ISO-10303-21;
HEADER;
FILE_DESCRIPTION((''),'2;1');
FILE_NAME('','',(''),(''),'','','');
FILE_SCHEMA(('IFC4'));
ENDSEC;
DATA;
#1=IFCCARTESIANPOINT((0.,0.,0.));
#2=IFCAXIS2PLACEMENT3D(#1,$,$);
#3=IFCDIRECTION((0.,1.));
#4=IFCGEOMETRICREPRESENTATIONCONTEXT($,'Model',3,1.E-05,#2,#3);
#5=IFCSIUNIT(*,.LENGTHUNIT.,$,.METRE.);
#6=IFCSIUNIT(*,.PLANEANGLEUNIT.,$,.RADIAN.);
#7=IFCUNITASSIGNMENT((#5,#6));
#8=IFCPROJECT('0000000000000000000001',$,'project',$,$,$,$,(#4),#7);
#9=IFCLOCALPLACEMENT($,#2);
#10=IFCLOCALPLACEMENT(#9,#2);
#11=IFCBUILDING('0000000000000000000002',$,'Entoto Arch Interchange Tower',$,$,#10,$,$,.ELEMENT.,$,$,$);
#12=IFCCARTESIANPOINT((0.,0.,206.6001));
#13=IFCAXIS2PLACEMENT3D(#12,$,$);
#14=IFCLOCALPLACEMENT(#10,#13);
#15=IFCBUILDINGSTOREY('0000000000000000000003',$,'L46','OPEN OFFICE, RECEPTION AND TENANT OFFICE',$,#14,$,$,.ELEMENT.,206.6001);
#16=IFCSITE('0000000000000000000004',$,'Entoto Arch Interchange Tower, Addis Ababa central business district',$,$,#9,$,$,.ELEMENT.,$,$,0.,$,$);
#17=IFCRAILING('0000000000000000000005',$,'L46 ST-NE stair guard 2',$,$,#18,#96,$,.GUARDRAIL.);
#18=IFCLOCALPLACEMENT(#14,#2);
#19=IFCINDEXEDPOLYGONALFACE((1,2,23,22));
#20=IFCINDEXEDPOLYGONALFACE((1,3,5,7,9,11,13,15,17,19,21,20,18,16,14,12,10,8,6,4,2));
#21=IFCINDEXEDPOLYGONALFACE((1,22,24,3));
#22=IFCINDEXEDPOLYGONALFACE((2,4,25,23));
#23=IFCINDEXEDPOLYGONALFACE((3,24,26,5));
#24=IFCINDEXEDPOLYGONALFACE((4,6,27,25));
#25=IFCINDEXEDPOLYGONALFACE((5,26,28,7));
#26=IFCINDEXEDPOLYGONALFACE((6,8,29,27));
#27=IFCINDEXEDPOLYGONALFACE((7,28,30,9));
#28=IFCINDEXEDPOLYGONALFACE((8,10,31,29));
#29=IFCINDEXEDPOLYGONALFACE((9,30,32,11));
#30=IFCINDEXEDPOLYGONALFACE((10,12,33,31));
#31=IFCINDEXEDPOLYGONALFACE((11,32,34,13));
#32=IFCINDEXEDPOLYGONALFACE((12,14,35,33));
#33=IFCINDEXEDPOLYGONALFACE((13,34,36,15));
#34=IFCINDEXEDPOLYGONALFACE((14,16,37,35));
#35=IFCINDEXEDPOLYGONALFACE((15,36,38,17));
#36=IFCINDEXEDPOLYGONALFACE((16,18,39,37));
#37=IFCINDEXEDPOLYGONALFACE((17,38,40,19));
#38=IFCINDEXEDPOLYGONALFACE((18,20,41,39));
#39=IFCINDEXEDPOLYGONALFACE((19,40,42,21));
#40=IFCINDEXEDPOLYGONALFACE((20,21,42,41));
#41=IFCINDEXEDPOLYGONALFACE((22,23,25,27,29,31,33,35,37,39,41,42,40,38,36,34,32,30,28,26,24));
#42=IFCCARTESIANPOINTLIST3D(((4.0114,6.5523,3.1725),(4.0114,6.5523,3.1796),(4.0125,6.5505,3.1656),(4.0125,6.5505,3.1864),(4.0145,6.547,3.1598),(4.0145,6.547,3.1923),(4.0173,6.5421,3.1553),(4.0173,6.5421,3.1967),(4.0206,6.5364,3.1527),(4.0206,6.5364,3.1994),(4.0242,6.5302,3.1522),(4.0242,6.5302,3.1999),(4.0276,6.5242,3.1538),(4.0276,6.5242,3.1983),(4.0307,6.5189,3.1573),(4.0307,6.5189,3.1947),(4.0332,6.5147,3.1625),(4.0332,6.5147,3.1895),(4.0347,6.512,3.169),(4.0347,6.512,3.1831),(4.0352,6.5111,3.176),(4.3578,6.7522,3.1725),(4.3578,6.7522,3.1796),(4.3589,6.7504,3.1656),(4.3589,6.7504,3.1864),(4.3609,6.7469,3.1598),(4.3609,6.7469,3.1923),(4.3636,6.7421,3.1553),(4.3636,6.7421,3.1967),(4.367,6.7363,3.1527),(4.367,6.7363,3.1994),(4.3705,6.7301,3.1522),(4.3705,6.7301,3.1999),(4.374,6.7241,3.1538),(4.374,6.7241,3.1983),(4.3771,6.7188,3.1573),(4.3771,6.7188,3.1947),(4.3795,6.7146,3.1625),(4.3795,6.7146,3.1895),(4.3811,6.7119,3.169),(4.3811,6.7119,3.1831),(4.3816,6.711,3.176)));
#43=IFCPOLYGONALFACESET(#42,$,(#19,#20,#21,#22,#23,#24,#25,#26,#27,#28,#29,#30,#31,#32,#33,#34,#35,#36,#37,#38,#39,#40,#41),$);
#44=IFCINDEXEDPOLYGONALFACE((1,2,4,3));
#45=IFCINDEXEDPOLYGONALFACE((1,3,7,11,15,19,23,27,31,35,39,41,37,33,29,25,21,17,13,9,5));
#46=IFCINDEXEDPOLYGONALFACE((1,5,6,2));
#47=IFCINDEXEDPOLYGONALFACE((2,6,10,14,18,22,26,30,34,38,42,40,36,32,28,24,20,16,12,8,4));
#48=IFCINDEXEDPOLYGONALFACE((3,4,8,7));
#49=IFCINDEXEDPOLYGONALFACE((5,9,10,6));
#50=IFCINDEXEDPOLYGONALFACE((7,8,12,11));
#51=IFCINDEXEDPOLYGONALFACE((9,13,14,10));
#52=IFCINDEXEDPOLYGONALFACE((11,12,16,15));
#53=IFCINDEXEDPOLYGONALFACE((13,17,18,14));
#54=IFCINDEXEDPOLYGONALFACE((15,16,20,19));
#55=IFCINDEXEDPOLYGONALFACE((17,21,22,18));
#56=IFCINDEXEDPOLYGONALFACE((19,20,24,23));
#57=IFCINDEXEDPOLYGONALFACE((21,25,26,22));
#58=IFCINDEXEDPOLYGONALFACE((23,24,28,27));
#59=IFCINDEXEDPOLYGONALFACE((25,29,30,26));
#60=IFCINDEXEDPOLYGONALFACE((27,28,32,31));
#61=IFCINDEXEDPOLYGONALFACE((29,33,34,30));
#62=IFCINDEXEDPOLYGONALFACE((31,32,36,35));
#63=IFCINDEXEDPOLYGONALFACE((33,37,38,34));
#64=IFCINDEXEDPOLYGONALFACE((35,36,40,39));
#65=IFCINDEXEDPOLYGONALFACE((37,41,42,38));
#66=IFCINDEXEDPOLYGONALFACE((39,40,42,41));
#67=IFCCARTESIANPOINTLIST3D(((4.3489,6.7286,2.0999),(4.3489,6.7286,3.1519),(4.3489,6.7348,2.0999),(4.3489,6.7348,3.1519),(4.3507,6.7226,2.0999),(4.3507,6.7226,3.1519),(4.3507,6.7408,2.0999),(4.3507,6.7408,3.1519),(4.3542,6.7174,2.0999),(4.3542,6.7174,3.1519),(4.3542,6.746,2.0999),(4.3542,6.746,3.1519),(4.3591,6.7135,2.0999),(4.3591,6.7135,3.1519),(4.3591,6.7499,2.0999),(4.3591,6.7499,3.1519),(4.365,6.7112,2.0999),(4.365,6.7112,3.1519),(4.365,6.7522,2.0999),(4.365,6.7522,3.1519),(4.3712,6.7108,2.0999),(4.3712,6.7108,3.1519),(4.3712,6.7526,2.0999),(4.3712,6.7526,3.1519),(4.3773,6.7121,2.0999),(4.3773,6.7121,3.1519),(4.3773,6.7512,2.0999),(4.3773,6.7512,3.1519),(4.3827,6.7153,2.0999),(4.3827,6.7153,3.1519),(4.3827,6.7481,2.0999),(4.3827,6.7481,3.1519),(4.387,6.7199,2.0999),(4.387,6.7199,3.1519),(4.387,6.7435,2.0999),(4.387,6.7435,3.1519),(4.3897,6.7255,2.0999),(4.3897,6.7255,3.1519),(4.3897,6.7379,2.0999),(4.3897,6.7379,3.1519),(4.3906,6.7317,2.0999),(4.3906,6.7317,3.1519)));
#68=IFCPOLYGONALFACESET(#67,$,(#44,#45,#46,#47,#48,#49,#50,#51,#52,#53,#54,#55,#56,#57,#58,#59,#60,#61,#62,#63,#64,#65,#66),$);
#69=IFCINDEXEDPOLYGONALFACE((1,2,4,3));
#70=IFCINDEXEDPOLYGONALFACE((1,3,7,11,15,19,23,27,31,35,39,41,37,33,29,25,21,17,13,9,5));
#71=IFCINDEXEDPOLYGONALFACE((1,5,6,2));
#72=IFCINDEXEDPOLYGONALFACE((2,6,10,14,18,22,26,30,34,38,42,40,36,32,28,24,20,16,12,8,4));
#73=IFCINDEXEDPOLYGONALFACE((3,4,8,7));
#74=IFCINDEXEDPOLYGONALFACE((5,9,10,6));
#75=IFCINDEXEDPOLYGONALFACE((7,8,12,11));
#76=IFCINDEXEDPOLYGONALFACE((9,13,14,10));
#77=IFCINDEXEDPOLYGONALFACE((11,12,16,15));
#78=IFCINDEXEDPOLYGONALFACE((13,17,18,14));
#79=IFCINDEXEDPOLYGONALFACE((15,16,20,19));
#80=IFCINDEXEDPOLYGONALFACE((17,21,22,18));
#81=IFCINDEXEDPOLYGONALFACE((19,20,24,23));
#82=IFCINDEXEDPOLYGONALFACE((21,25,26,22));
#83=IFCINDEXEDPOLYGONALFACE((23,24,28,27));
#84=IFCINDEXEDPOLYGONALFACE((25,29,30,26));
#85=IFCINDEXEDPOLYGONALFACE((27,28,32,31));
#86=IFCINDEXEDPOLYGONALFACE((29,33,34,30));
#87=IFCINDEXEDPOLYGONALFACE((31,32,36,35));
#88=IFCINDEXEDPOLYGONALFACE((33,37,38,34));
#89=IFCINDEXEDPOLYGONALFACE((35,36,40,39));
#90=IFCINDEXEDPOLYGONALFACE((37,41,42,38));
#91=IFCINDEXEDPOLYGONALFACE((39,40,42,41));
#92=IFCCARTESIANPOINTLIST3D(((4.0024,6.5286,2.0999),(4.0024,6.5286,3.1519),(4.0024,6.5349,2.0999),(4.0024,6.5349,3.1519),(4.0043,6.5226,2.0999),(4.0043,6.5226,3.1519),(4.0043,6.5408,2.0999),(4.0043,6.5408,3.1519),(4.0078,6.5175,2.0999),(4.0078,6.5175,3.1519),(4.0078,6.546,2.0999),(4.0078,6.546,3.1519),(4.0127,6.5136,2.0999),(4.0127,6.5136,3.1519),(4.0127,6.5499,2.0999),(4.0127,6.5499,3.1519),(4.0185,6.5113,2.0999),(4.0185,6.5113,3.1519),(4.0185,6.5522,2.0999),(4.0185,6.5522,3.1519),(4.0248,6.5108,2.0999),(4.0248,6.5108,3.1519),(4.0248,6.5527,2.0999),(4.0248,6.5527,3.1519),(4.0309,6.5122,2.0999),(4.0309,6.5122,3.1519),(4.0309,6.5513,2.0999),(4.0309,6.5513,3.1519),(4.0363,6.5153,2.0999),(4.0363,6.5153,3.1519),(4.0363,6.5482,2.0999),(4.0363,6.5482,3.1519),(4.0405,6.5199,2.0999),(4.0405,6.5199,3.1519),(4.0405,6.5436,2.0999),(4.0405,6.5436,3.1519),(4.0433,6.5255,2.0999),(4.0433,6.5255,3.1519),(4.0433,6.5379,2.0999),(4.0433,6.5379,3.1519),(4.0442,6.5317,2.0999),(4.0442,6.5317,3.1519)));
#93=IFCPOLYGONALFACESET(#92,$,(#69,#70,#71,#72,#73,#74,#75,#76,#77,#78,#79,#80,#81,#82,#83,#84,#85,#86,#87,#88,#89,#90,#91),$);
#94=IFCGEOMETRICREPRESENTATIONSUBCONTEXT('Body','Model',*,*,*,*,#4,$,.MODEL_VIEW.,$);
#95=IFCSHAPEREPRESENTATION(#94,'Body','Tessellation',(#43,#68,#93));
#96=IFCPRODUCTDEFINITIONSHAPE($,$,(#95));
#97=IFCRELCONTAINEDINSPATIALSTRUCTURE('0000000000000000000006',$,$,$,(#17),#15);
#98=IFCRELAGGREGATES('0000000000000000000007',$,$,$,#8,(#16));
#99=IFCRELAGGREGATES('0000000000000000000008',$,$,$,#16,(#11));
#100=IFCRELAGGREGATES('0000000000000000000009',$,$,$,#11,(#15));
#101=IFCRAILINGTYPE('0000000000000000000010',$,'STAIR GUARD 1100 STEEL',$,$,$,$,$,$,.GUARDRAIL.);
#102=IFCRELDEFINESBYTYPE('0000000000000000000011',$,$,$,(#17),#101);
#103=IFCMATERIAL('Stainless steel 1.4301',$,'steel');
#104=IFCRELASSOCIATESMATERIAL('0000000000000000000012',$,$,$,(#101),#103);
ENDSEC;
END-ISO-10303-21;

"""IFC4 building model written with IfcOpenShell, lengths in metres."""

from ifc_helpers import new_model, si_unit, direction, frame, origin, origin_2d, place, context, subcontext, project, spatial, circle, extrude, material, type_object, element, save


model = new_model("IFC4")

# Units and contexts
model_context = context("Model", 3, precision=1e-05, world=origin(), true_north=direction((0.0, 1.0)))
body_context = subcontext(model_context, "Body", "Model", "MODEL_VIEW")
ifc_project = project(units=[si_unit("LENGTHUNIT", "METRE"), si_unit("PLANEANGLEUNIT", "RADIAN")], contexts=[model_context])

# Site, building, storey
site_placement = place(None, origin())
site = spatial("IfcSite", under=ifc_project, at=site_placement, Name="Entoto Arch Interchange Tower, Addis Ababa central business district", CompositionType="ELEMENT", RefElevation=0.0)
building_placement = place(site_placement, origin())
building = spatial("IfcBuilding", under=site, at=building_placement, Name="Entoto Arch Interchange Tower", CompositionType="ELEMENT")
storey_placement = place(building_placement, frame((0.0, 0.0, 206.6001)))
storey = spatial("IfcBuildingStorey", under=building, at=storey_placement, Name="L46", Description="OPEN OFFICE, RECEPTION AND TENANT OFFICE", CompositionType="ELEMENT", Elevation=206.6001)

# Railing
ifc_material_1 = material(Name="Stainless steel 1.4301", Category="steel")
railing_type_1 = type_object("IfcRailingType", Name="STAIR GUARD 1100 STEEL", PredefinedType="GUARDRAIL", material=ifc_material_1)
railing_1_placement = place(storey_placement, frame((4.3696, 6.7317, 2.0999)))
element("IfcRailing", 1, at=railing_1_placement, inside=storey, type_object=railing_type_1, Name="L46 ST-NE stair guard 2", PredefinedType="GUARDRAIL", context=body_context, shape_type="SweptSolid", body=[
    extrude(circle(Radius=0.0239, at=origin_2d()), frame((0.0, 0.0, 1.0762), z_axis=(-0.866094, -0.499881, 0.0), x_axis=(0.499881, -0.866094, 0.0)), (0.0, 0.0, 1.0), 0.3999),
    extrude(circle(Radius=0.021, at=origin_2d()), origin(), (0.0, 0.0, 1.0), 1.052),
    extrude(circle(Radius=0.021, at=origin_2d()), frame((-0.3464, -0.2, 0.0)), (0.0, 0.0, 1.0), 1.052),
])

save(model, "model.ifc")
